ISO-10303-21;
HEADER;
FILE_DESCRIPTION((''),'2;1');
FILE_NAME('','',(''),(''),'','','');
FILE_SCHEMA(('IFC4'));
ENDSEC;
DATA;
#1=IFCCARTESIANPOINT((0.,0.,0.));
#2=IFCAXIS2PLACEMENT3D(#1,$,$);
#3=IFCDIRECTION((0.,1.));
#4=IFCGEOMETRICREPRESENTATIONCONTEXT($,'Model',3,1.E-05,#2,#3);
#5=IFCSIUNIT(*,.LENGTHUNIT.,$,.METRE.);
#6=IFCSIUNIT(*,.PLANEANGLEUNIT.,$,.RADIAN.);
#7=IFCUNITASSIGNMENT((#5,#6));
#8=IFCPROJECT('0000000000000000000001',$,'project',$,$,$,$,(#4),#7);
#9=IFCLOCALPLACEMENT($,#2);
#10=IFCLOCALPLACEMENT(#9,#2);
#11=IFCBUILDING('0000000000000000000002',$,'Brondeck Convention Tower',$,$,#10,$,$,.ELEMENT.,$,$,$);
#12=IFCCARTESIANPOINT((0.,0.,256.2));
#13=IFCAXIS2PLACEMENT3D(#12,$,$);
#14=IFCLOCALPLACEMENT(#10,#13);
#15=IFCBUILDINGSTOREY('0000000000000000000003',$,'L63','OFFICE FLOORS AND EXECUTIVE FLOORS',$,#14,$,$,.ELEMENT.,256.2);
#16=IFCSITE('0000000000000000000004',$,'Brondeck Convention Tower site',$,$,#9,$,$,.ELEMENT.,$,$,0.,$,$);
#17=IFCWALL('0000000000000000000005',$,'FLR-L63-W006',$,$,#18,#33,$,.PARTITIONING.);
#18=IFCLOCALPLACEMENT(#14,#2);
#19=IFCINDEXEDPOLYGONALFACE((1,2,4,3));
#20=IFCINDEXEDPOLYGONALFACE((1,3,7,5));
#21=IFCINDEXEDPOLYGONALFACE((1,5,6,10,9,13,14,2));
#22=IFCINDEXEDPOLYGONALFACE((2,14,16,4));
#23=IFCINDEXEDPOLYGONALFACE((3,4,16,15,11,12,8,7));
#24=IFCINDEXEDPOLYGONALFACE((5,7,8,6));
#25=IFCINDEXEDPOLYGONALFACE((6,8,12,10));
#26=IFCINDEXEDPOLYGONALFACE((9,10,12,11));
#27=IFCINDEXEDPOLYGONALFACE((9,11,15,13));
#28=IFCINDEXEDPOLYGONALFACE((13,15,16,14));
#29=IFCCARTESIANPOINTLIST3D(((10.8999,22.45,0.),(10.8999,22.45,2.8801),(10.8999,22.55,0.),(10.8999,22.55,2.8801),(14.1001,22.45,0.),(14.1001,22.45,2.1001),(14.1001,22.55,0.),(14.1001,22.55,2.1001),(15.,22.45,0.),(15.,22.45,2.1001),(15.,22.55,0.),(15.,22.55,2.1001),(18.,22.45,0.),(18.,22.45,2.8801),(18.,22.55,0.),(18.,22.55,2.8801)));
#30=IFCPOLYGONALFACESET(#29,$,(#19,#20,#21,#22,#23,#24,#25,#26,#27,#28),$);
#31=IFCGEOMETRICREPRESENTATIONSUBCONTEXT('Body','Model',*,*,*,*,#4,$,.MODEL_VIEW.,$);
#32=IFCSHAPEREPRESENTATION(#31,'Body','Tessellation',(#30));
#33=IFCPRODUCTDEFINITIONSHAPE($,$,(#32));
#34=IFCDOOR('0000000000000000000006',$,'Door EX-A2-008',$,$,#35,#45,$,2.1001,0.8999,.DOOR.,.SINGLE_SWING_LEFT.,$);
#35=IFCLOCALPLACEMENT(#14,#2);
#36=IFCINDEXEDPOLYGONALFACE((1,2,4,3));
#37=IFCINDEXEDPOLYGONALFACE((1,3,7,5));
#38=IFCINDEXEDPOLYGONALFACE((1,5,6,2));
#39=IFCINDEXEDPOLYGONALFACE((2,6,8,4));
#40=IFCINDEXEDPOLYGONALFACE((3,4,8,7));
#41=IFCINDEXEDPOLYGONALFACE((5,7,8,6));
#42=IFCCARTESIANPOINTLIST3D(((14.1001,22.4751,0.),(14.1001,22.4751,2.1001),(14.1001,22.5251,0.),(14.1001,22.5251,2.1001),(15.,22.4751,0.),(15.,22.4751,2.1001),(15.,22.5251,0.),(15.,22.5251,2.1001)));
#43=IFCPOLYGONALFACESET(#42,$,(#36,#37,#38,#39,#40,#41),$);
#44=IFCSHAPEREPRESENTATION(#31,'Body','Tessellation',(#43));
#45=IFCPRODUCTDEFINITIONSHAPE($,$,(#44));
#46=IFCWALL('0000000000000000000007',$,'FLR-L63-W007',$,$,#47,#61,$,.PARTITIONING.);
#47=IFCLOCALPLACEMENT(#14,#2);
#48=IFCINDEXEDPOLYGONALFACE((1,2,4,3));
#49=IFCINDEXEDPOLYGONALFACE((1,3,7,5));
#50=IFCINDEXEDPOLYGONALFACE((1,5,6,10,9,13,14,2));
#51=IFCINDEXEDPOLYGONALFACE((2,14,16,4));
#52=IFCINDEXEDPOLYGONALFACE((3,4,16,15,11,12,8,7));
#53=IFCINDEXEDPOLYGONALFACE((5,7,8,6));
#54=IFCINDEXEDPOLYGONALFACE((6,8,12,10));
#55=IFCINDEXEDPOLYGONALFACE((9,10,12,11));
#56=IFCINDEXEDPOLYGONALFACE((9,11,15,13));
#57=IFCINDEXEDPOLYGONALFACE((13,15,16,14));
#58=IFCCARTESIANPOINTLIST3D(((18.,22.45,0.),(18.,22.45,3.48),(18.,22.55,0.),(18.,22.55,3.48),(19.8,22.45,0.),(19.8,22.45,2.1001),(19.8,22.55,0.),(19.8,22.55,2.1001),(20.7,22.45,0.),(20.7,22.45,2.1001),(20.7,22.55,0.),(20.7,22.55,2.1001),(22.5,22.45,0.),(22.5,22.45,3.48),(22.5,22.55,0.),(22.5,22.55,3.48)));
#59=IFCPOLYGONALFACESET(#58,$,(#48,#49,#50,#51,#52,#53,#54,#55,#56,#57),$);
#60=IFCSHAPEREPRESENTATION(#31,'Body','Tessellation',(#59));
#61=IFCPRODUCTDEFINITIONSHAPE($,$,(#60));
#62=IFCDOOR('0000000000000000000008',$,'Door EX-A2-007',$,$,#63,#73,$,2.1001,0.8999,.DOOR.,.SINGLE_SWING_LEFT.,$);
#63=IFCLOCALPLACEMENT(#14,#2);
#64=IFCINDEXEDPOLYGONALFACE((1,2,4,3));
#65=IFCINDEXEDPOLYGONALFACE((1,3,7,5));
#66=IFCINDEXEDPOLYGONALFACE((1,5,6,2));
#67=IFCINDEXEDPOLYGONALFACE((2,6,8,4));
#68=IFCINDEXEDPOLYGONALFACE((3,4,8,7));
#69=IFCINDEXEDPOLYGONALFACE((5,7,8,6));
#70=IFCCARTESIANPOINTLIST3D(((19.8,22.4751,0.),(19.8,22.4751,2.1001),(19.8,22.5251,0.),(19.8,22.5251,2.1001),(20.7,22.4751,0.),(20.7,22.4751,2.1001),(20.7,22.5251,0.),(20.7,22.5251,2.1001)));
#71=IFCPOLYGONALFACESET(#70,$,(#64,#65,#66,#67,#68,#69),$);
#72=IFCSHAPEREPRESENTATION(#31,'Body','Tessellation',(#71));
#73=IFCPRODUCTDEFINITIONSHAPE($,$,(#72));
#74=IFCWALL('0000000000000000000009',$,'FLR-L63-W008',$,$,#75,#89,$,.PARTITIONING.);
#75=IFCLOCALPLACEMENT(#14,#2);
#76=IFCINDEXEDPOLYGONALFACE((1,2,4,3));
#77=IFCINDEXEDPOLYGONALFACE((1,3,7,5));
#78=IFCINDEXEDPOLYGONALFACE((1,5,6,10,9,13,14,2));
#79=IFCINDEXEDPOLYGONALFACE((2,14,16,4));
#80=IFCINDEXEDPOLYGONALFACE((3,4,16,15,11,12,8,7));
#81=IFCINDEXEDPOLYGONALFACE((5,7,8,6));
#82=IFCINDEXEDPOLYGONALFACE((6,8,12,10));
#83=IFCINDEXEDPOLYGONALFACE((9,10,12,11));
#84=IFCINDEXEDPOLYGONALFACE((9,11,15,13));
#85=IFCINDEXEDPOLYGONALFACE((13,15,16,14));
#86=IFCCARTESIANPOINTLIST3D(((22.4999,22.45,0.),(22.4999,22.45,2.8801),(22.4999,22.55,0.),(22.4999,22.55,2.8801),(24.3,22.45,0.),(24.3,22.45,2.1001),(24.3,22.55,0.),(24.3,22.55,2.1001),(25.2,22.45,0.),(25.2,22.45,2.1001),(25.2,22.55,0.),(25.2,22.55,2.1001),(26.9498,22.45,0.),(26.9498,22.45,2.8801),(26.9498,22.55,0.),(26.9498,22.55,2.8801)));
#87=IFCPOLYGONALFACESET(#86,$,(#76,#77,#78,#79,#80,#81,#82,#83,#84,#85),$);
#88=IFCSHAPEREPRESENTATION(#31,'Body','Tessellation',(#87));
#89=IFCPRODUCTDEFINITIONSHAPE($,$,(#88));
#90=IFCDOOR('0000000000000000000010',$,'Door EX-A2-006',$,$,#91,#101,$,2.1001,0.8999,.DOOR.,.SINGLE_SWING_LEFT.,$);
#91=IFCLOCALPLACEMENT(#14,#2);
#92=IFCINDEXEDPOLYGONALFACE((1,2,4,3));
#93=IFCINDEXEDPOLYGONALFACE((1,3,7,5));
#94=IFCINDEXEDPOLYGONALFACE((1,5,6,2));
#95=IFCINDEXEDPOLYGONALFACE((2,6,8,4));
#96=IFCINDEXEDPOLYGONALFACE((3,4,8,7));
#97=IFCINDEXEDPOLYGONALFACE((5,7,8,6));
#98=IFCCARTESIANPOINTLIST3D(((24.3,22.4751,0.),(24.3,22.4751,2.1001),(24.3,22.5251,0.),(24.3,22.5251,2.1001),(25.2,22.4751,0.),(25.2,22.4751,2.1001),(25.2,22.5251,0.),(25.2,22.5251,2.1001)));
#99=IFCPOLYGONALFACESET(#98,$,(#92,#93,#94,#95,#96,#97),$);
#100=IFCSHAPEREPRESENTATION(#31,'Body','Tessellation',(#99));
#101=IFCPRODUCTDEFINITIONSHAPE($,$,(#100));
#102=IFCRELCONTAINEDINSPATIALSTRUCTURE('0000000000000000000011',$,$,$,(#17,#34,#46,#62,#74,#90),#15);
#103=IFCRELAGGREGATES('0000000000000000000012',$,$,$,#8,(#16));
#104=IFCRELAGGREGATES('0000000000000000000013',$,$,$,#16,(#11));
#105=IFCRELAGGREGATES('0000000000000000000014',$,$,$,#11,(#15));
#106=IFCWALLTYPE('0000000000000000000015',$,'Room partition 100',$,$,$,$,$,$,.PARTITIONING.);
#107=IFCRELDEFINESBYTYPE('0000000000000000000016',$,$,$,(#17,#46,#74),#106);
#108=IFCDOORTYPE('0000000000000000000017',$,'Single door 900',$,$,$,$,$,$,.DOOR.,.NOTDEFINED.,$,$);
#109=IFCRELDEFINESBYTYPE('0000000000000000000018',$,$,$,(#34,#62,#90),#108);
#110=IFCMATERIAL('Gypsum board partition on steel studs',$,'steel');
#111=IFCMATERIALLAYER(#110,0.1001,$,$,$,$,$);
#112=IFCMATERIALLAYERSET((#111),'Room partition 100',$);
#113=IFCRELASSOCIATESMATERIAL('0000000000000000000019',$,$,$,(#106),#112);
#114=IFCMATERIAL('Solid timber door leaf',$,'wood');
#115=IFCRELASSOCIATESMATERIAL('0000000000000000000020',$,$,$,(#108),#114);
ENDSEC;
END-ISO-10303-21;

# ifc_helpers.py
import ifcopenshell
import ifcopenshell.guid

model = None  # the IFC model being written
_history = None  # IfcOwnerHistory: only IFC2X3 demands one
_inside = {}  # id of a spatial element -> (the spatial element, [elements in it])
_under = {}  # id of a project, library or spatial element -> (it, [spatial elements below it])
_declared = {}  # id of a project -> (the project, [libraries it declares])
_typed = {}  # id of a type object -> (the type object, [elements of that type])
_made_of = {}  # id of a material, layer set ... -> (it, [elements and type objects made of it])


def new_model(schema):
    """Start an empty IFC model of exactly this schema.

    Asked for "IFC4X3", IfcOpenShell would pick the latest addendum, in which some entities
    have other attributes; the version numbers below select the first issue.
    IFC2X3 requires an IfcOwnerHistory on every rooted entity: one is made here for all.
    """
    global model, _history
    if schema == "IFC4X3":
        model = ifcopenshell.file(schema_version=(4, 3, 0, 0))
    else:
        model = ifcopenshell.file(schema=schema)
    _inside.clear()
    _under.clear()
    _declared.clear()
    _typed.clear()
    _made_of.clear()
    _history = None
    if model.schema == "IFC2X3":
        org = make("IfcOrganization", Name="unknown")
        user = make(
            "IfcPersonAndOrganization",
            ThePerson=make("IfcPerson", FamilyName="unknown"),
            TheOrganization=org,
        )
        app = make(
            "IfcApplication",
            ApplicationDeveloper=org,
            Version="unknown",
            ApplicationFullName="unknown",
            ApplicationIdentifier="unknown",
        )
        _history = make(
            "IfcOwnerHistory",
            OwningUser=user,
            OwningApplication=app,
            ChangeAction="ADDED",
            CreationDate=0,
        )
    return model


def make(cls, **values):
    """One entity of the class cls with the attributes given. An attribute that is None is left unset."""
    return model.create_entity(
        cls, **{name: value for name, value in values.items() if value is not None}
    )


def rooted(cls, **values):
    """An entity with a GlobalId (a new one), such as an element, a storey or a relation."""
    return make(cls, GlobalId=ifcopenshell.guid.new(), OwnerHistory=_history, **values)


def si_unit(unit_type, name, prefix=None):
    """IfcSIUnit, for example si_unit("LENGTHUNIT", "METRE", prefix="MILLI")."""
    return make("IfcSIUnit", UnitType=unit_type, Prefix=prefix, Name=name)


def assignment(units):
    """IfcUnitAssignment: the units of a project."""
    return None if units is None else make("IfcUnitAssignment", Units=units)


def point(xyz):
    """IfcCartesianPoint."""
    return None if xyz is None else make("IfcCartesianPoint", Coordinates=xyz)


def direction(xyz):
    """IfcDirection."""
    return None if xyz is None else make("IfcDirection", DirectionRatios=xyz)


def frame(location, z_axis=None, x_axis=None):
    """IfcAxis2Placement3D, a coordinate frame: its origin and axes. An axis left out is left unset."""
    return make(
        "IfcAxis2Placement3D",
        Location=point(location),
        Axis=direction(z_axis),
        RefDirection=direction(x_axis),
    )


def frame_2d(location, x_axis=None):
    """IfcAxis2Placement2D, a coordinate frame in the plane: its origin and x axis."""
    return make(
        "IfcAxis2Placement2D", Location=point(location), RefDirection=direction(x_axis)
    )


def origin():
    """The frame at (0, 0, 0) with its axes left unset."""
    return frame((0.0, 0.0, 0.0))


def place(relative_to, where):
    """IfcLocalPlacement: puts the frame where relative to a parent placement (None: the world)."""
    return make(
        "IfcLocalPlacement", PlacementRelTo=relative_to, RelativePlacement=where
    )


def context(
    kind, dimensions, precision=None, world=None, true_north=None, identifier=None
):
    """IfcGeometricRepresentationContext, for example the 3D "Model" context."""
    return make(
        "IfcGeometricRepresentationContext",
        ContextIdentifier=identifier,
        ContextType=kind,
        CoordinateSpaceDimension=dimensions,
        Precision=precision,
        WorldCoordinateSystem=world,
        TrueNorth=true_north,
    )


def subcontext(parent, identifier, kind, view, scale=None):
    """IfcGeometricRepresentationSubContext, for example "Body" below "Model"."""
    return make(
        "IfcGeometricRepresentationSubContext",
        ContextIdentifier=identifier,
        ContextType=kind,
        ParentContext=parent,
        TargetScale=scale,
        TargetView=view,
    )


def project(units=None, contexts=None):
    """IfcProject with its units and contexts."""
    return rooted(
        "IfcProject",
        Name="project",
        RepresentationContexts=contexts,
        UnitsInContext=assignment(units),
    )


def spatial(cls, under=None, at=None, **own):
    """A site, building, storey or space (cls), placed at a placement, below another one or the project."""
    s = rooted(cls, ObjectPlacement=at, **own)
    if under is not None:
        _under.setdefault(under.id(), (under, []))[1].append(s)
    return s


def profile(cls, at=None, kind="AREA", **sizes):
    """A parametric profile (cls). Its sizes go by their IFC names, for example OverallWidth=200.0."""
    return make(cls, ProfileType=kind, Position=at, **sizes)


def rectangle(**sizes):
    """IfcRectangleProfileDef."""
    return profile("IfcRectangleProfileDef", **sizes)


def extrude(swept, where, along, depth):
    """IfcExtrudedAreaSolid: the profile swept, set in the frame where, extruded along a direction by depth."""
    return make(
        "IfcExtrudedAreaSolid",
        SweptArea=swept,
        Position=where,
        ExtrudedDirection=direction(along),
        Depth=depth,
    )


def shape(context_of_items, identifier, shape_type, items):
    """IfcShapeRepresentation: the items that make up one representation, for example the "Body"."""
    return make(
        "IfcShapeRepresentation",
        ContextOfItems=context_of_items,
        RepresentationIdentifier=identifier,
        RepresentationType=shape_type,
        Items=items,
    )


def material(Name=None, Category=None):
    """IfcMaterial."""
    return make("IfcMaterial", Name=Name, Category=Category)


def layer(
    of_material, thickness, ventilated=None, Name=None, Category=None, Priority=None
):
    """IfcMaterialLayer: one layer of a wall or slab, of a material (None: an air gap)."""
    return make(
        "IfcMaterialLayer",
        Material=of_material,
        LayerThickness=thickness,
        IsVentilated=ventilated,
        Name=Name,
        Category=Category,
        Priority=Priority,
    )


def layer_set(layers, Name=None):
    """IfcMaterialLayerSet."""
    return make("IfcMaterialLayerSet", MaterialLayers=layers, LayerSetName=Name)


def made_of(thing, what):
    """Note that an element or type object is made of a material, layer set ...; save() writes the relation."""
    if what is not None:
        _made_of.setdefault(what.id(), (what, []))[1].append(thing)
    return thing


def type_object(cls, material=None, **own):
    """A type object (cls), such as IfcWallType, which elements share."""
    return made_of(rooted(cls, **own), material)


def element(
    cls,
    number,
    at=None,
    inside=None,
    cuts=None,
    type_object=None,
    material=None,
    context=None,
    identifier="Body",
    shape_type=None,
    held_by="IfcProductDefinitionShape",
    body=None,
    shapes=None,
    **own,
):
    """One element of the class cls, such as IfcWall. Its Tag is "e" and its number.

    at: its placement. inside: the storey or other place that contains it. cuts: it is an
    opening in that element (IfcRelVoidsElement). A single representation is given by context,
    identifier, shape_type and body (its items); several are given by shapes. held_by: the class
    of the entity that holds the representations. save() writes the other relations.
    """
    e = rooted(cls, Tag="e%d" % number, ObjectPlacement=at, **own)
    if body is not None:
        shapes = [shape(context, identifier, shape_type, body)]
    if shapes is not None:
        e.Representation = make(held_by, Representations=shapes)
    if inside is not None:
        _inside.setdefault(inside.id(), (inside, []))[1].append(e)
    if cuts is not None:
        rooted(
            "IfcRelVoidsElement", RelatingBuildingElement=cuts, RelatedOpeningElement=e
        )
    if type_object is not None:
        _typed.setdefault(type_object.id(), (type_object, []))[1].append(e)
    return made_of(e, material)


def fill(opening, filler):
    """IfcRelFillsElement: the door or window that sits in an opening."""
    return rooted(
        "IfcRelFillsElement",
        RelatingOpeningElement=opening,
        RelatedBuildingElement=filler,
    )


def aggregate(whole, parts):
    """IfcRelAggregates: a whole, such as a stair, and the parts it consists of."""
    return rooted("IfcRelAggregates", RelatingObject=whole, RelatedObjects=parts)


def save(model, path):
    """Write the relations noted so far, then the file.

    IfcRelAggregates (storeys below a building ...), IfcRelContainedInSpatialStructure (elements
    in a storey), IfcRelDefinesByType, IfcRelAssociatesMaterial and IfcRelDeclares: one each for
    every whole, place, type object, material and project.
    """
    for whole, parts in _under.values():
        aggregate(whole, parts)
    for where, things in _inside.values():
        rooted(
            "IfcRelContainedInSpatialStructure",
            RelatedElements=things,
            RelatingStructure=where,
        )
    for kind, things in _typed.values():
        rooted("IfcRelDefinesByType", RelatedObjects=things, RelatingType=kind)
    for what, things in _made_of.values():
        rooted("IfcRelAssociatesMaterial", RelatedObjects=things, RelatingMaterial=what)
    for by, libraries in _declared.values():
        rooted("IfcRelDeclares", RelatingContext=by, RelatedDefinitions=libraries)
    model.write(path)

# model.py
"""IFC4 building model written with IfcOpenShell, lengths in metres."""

from ifc_helpers import new_model, si_unit, direction, frame, frame_2d, origin, place, context, subcontext, project, spatial, rectangle, extrude, material, layer, layer_set, type_object, element, fill, save


model = new_model("IFC4")

# Units and contexts
model_context = context("Model", 3, precision=1e-05, world=origin(), true_north=direction((0.0, 1.0)))
body_context = subcontext(model_context, "Body", "Model", "MODEL_VIEW")
ifc_project = project(units=[si_unit("LENGTHUNIT", "METRE"), si_unit("PLANEANGLEUNIT", "RADIAN")], contexts=[model_context])

# Site, building, storey
site_placement = place(None, origin())
site = spatial("IfcSite", under=ifc_project, at=site_placement, Name="Brondeck Convention Tower site", CompositionType="ELEMENT", RefElevation=0.0)
building_placement = place(site_placement, origin())
building = spatial("IfcBuilding", under=site, at=building_placement, Name="Brondeck Convention Tower", CompositionType="ELEMENT")
storey_placement = place(building_placement, frame((0.0, 0.0, 256.2)))
storey = spatial("IfcBuildingStorey", under=building, at=storey_placement, Name="L63", Description="OFFICE FLOORS AND EXECUTIVE FLOORS", CompositionType="ELEMENT", Elevation=256.2)

# Shared definitions
ifc_material_1 = material(Name="Gypsum board partition on steel studs", Category="steel")
ifc_layer_1 = layer(ifc_material_1, 0.1001)
ifc_layer_set_1 = layer_set([ifc_layer_1], Name="Room partition 100")
wall_type_1 = type_object("IfcWallType", Name="Room partition 100", PredefinedType="PARTITIONING", material=ifc_layer_set_1)

# Walls, openings, doors
wall_1_placement = place(storey_placement, frame((18.0, 22.5, 0.0), z_axis=(0.0, 0.0, 1.0), x_axis=(-1.0, 0.0, 0.0)))
wall_1 = element("IfcWall", 1, at=wall_1_placement, inside=storey, type_object=wall_type_1, Name="FLR-L63-W006", PredefinedType="PARTITIONING", context=body_context, shape_type="SweptSolid", body=[
    extrude(rectangle(XDim=7.1001, YDim=0.1001, at=frame_2d((3.55, 0.0))), origin(), (0.0, 0.0, 1.0), 2.8801),
])
opening_1_placement = place(wall_1_placement, frame((3.0, 0.0, 0.0)))
opening_1 = element("IfcOpeningElement", 2, at=opening_1_placement, cuts=wall_1, PredefinedType="OPENING", context=body_context, shape_type="SweptSolid", body=[
    extrude(rectangle(XDim=0.8999, YDim=2.1001, at=frame_2d((0.45, 1.05))), frame((0.0, 0.0601, 0.0), z_axis=(0.0, -1.0, 0.0), x_axis=(1.0, 0.0, 0.0)), (0.0, 0.0, 1.0), 0.1201),
])
ifc_material_2 = material(Name="Solid timber door leaf", Category="wood")
door_type = type_object("IfcDoorType", Name="Single door 900", OperationType="NOTDEFINED", PredefinedType="DOOR", material=ifc_material_2)
door_1_placement = place(opening_1_placement, origin())
door_1 = element("IfcDoor", 3, at=door_1_placement, inside=storey, type_object=door_type, Name="Door EX-A2-008", OperationType="SINGLE_SWING_LEFT", OverallHeight=2.1001, OverallWidth=0.8999, PredefinedType="DOOR", context=body_context, shape_type="SweptSolid", body=[
    extrude(rectangle(XDim=0.8999, YDim=2.1001, at=frame_2d((0.45, 1.05))), frame((0.0, 0.0249, 0.0), z_axis=(0.0, -1.0, 0.0), x_axis=(1.0, 0.0, 0.0)), (0.0, 0.0, 1.0), 0.05),
])
fill(opening_1, door_1)
wall_2_placement = place(storey_placement, frame((22.5, 22.5, 0.0), z_axis=(0.0, 0.0, 1.0), x_axis=(-1.0, 0.0, 0.0)))
wall_2 = element("IfcWall", 4, at=wall_2_placement, inside=storey, type_object=wall_type_1, Name="FLR-L63-W007", PredefinedType="PARTITIONING", context=body_context, shape_type="SweptSolid", body=[
    extrude(rectangle(XDim=4.5, YDim=0.1001, at=frame_2d((2.25, 0.0))), origin(), (0.0, 0.0, 1.0), 3.48),
])
opening_2_placement = place(wall_2_placement, frame((1.8, 0.0, 0.0)))
opening_2 = element("IfcOpeningElement", 5, at=opening_2_placement, cuts=wall_2, PredefinedType="OPENING", context=body_context, shape_type="SweptSolid", body=[
    extrude(rectangle(XDim=0.8999, YDim=2.1001, at=frame_2d((0.45, 1.05))), frame((0.0, 0.0601, 0.0), z_axis=(0.0, -1.0, 0.0), x_axis=(1.0, 0.0, 0.0)), (0.0, 0.0, 1.0), 0.1201),
])
door_2_placement = place(opening_2_placement, origin())
door_2 = element("IfcDoor", 6, at=door_2_placement, inside=storey, type_object=door_type, Name="Door EX-A2-007", OperationType="SINGLE_SWING_LEFT", OverallHeight=2.1001, OverallWidth=0.8999, PredefinedType="DOOR", context=body_context, shape_type="SweptSolid", body=[
    extrude(rectangle(XDim=0.8999, YDim=2.1001, at=frame_2d((0.45, 1.05))), frame((0.0, 0.0249, 0.0), z_axis=(0.0, -1.0, 0.0), x_axis=(1.0, 0.0, 0.0)), (0.0, 0.0, 1.0), 0.05),
])
fill(opening_2, door_2)
wall_3_placement = place(storey_placement, frame((26.95, 22.5, 0.0), z_axis=(0.0, 0.0, 1.0), x_axis=(-1.0, 0.0, 0.0)))
wall_3 = element("IfcWall", 7, at=wall_3_placement, inside=storey, type_object=wall_type_1, Name="FLR-L63-W008", PredefinedType="PARTITIONING", context=body_context, shape_type="SweptSolid", body=[
    extrude(rectangle(XDim=4.45, YDim=0.1001, at=frame_2d((2.2251, 0.0))), origin(), (0.0, 0.0, 1.0), 2.8801),
])
opening_3_placement = place(wall_3_placement, frame((1.75, 0.0, 0.0)))
opening_3 = element("IfcOpeningElement", 8, at=opening_3_placement, cuts=wall_3, PredefinedType="OPENING", context=body_context, shape_type="SweptSolid", body=[
    extrude(rectangle(XDim=0.8999, YDim=2.1001, at=frame_2d((0.45, 1.05))), frame((0.0, 0.0601, 0.0), z_axis=(0.0, -1.0, 0.0), x_axis=(1.0, 0.0, 0.0)), (0.0, 0.0, 1.0), 0.1201),
])
door_3_placement = place(opening_3_placement, origin())
door_3 = element("IfcDoor", 9, at=door_3_placement, inside=storey, type_object=door_type, Name="Door EX-A2-006", OperationType="SINGLE_SWING_LEFT", OverallHeight=2.1001, OverallWidth=0.8999, PredefinedType="DOOR", context=body_context, shape_type="SweptSolid", body=[
    extrude(rectangle(XDim=0.8999, YDim=2.1001, at=frame_2d((0.45, 1.05))), frame((0.0, 0.0249, 0.0), z_axis=(0.0, -1.0, 0.0), x_axis=(1.0, 0.0, 0.0)), (0.0, 0.0, 1.0), 0.05),
])
fill(opening_3, door_3)

save(model, "model.ifc")
